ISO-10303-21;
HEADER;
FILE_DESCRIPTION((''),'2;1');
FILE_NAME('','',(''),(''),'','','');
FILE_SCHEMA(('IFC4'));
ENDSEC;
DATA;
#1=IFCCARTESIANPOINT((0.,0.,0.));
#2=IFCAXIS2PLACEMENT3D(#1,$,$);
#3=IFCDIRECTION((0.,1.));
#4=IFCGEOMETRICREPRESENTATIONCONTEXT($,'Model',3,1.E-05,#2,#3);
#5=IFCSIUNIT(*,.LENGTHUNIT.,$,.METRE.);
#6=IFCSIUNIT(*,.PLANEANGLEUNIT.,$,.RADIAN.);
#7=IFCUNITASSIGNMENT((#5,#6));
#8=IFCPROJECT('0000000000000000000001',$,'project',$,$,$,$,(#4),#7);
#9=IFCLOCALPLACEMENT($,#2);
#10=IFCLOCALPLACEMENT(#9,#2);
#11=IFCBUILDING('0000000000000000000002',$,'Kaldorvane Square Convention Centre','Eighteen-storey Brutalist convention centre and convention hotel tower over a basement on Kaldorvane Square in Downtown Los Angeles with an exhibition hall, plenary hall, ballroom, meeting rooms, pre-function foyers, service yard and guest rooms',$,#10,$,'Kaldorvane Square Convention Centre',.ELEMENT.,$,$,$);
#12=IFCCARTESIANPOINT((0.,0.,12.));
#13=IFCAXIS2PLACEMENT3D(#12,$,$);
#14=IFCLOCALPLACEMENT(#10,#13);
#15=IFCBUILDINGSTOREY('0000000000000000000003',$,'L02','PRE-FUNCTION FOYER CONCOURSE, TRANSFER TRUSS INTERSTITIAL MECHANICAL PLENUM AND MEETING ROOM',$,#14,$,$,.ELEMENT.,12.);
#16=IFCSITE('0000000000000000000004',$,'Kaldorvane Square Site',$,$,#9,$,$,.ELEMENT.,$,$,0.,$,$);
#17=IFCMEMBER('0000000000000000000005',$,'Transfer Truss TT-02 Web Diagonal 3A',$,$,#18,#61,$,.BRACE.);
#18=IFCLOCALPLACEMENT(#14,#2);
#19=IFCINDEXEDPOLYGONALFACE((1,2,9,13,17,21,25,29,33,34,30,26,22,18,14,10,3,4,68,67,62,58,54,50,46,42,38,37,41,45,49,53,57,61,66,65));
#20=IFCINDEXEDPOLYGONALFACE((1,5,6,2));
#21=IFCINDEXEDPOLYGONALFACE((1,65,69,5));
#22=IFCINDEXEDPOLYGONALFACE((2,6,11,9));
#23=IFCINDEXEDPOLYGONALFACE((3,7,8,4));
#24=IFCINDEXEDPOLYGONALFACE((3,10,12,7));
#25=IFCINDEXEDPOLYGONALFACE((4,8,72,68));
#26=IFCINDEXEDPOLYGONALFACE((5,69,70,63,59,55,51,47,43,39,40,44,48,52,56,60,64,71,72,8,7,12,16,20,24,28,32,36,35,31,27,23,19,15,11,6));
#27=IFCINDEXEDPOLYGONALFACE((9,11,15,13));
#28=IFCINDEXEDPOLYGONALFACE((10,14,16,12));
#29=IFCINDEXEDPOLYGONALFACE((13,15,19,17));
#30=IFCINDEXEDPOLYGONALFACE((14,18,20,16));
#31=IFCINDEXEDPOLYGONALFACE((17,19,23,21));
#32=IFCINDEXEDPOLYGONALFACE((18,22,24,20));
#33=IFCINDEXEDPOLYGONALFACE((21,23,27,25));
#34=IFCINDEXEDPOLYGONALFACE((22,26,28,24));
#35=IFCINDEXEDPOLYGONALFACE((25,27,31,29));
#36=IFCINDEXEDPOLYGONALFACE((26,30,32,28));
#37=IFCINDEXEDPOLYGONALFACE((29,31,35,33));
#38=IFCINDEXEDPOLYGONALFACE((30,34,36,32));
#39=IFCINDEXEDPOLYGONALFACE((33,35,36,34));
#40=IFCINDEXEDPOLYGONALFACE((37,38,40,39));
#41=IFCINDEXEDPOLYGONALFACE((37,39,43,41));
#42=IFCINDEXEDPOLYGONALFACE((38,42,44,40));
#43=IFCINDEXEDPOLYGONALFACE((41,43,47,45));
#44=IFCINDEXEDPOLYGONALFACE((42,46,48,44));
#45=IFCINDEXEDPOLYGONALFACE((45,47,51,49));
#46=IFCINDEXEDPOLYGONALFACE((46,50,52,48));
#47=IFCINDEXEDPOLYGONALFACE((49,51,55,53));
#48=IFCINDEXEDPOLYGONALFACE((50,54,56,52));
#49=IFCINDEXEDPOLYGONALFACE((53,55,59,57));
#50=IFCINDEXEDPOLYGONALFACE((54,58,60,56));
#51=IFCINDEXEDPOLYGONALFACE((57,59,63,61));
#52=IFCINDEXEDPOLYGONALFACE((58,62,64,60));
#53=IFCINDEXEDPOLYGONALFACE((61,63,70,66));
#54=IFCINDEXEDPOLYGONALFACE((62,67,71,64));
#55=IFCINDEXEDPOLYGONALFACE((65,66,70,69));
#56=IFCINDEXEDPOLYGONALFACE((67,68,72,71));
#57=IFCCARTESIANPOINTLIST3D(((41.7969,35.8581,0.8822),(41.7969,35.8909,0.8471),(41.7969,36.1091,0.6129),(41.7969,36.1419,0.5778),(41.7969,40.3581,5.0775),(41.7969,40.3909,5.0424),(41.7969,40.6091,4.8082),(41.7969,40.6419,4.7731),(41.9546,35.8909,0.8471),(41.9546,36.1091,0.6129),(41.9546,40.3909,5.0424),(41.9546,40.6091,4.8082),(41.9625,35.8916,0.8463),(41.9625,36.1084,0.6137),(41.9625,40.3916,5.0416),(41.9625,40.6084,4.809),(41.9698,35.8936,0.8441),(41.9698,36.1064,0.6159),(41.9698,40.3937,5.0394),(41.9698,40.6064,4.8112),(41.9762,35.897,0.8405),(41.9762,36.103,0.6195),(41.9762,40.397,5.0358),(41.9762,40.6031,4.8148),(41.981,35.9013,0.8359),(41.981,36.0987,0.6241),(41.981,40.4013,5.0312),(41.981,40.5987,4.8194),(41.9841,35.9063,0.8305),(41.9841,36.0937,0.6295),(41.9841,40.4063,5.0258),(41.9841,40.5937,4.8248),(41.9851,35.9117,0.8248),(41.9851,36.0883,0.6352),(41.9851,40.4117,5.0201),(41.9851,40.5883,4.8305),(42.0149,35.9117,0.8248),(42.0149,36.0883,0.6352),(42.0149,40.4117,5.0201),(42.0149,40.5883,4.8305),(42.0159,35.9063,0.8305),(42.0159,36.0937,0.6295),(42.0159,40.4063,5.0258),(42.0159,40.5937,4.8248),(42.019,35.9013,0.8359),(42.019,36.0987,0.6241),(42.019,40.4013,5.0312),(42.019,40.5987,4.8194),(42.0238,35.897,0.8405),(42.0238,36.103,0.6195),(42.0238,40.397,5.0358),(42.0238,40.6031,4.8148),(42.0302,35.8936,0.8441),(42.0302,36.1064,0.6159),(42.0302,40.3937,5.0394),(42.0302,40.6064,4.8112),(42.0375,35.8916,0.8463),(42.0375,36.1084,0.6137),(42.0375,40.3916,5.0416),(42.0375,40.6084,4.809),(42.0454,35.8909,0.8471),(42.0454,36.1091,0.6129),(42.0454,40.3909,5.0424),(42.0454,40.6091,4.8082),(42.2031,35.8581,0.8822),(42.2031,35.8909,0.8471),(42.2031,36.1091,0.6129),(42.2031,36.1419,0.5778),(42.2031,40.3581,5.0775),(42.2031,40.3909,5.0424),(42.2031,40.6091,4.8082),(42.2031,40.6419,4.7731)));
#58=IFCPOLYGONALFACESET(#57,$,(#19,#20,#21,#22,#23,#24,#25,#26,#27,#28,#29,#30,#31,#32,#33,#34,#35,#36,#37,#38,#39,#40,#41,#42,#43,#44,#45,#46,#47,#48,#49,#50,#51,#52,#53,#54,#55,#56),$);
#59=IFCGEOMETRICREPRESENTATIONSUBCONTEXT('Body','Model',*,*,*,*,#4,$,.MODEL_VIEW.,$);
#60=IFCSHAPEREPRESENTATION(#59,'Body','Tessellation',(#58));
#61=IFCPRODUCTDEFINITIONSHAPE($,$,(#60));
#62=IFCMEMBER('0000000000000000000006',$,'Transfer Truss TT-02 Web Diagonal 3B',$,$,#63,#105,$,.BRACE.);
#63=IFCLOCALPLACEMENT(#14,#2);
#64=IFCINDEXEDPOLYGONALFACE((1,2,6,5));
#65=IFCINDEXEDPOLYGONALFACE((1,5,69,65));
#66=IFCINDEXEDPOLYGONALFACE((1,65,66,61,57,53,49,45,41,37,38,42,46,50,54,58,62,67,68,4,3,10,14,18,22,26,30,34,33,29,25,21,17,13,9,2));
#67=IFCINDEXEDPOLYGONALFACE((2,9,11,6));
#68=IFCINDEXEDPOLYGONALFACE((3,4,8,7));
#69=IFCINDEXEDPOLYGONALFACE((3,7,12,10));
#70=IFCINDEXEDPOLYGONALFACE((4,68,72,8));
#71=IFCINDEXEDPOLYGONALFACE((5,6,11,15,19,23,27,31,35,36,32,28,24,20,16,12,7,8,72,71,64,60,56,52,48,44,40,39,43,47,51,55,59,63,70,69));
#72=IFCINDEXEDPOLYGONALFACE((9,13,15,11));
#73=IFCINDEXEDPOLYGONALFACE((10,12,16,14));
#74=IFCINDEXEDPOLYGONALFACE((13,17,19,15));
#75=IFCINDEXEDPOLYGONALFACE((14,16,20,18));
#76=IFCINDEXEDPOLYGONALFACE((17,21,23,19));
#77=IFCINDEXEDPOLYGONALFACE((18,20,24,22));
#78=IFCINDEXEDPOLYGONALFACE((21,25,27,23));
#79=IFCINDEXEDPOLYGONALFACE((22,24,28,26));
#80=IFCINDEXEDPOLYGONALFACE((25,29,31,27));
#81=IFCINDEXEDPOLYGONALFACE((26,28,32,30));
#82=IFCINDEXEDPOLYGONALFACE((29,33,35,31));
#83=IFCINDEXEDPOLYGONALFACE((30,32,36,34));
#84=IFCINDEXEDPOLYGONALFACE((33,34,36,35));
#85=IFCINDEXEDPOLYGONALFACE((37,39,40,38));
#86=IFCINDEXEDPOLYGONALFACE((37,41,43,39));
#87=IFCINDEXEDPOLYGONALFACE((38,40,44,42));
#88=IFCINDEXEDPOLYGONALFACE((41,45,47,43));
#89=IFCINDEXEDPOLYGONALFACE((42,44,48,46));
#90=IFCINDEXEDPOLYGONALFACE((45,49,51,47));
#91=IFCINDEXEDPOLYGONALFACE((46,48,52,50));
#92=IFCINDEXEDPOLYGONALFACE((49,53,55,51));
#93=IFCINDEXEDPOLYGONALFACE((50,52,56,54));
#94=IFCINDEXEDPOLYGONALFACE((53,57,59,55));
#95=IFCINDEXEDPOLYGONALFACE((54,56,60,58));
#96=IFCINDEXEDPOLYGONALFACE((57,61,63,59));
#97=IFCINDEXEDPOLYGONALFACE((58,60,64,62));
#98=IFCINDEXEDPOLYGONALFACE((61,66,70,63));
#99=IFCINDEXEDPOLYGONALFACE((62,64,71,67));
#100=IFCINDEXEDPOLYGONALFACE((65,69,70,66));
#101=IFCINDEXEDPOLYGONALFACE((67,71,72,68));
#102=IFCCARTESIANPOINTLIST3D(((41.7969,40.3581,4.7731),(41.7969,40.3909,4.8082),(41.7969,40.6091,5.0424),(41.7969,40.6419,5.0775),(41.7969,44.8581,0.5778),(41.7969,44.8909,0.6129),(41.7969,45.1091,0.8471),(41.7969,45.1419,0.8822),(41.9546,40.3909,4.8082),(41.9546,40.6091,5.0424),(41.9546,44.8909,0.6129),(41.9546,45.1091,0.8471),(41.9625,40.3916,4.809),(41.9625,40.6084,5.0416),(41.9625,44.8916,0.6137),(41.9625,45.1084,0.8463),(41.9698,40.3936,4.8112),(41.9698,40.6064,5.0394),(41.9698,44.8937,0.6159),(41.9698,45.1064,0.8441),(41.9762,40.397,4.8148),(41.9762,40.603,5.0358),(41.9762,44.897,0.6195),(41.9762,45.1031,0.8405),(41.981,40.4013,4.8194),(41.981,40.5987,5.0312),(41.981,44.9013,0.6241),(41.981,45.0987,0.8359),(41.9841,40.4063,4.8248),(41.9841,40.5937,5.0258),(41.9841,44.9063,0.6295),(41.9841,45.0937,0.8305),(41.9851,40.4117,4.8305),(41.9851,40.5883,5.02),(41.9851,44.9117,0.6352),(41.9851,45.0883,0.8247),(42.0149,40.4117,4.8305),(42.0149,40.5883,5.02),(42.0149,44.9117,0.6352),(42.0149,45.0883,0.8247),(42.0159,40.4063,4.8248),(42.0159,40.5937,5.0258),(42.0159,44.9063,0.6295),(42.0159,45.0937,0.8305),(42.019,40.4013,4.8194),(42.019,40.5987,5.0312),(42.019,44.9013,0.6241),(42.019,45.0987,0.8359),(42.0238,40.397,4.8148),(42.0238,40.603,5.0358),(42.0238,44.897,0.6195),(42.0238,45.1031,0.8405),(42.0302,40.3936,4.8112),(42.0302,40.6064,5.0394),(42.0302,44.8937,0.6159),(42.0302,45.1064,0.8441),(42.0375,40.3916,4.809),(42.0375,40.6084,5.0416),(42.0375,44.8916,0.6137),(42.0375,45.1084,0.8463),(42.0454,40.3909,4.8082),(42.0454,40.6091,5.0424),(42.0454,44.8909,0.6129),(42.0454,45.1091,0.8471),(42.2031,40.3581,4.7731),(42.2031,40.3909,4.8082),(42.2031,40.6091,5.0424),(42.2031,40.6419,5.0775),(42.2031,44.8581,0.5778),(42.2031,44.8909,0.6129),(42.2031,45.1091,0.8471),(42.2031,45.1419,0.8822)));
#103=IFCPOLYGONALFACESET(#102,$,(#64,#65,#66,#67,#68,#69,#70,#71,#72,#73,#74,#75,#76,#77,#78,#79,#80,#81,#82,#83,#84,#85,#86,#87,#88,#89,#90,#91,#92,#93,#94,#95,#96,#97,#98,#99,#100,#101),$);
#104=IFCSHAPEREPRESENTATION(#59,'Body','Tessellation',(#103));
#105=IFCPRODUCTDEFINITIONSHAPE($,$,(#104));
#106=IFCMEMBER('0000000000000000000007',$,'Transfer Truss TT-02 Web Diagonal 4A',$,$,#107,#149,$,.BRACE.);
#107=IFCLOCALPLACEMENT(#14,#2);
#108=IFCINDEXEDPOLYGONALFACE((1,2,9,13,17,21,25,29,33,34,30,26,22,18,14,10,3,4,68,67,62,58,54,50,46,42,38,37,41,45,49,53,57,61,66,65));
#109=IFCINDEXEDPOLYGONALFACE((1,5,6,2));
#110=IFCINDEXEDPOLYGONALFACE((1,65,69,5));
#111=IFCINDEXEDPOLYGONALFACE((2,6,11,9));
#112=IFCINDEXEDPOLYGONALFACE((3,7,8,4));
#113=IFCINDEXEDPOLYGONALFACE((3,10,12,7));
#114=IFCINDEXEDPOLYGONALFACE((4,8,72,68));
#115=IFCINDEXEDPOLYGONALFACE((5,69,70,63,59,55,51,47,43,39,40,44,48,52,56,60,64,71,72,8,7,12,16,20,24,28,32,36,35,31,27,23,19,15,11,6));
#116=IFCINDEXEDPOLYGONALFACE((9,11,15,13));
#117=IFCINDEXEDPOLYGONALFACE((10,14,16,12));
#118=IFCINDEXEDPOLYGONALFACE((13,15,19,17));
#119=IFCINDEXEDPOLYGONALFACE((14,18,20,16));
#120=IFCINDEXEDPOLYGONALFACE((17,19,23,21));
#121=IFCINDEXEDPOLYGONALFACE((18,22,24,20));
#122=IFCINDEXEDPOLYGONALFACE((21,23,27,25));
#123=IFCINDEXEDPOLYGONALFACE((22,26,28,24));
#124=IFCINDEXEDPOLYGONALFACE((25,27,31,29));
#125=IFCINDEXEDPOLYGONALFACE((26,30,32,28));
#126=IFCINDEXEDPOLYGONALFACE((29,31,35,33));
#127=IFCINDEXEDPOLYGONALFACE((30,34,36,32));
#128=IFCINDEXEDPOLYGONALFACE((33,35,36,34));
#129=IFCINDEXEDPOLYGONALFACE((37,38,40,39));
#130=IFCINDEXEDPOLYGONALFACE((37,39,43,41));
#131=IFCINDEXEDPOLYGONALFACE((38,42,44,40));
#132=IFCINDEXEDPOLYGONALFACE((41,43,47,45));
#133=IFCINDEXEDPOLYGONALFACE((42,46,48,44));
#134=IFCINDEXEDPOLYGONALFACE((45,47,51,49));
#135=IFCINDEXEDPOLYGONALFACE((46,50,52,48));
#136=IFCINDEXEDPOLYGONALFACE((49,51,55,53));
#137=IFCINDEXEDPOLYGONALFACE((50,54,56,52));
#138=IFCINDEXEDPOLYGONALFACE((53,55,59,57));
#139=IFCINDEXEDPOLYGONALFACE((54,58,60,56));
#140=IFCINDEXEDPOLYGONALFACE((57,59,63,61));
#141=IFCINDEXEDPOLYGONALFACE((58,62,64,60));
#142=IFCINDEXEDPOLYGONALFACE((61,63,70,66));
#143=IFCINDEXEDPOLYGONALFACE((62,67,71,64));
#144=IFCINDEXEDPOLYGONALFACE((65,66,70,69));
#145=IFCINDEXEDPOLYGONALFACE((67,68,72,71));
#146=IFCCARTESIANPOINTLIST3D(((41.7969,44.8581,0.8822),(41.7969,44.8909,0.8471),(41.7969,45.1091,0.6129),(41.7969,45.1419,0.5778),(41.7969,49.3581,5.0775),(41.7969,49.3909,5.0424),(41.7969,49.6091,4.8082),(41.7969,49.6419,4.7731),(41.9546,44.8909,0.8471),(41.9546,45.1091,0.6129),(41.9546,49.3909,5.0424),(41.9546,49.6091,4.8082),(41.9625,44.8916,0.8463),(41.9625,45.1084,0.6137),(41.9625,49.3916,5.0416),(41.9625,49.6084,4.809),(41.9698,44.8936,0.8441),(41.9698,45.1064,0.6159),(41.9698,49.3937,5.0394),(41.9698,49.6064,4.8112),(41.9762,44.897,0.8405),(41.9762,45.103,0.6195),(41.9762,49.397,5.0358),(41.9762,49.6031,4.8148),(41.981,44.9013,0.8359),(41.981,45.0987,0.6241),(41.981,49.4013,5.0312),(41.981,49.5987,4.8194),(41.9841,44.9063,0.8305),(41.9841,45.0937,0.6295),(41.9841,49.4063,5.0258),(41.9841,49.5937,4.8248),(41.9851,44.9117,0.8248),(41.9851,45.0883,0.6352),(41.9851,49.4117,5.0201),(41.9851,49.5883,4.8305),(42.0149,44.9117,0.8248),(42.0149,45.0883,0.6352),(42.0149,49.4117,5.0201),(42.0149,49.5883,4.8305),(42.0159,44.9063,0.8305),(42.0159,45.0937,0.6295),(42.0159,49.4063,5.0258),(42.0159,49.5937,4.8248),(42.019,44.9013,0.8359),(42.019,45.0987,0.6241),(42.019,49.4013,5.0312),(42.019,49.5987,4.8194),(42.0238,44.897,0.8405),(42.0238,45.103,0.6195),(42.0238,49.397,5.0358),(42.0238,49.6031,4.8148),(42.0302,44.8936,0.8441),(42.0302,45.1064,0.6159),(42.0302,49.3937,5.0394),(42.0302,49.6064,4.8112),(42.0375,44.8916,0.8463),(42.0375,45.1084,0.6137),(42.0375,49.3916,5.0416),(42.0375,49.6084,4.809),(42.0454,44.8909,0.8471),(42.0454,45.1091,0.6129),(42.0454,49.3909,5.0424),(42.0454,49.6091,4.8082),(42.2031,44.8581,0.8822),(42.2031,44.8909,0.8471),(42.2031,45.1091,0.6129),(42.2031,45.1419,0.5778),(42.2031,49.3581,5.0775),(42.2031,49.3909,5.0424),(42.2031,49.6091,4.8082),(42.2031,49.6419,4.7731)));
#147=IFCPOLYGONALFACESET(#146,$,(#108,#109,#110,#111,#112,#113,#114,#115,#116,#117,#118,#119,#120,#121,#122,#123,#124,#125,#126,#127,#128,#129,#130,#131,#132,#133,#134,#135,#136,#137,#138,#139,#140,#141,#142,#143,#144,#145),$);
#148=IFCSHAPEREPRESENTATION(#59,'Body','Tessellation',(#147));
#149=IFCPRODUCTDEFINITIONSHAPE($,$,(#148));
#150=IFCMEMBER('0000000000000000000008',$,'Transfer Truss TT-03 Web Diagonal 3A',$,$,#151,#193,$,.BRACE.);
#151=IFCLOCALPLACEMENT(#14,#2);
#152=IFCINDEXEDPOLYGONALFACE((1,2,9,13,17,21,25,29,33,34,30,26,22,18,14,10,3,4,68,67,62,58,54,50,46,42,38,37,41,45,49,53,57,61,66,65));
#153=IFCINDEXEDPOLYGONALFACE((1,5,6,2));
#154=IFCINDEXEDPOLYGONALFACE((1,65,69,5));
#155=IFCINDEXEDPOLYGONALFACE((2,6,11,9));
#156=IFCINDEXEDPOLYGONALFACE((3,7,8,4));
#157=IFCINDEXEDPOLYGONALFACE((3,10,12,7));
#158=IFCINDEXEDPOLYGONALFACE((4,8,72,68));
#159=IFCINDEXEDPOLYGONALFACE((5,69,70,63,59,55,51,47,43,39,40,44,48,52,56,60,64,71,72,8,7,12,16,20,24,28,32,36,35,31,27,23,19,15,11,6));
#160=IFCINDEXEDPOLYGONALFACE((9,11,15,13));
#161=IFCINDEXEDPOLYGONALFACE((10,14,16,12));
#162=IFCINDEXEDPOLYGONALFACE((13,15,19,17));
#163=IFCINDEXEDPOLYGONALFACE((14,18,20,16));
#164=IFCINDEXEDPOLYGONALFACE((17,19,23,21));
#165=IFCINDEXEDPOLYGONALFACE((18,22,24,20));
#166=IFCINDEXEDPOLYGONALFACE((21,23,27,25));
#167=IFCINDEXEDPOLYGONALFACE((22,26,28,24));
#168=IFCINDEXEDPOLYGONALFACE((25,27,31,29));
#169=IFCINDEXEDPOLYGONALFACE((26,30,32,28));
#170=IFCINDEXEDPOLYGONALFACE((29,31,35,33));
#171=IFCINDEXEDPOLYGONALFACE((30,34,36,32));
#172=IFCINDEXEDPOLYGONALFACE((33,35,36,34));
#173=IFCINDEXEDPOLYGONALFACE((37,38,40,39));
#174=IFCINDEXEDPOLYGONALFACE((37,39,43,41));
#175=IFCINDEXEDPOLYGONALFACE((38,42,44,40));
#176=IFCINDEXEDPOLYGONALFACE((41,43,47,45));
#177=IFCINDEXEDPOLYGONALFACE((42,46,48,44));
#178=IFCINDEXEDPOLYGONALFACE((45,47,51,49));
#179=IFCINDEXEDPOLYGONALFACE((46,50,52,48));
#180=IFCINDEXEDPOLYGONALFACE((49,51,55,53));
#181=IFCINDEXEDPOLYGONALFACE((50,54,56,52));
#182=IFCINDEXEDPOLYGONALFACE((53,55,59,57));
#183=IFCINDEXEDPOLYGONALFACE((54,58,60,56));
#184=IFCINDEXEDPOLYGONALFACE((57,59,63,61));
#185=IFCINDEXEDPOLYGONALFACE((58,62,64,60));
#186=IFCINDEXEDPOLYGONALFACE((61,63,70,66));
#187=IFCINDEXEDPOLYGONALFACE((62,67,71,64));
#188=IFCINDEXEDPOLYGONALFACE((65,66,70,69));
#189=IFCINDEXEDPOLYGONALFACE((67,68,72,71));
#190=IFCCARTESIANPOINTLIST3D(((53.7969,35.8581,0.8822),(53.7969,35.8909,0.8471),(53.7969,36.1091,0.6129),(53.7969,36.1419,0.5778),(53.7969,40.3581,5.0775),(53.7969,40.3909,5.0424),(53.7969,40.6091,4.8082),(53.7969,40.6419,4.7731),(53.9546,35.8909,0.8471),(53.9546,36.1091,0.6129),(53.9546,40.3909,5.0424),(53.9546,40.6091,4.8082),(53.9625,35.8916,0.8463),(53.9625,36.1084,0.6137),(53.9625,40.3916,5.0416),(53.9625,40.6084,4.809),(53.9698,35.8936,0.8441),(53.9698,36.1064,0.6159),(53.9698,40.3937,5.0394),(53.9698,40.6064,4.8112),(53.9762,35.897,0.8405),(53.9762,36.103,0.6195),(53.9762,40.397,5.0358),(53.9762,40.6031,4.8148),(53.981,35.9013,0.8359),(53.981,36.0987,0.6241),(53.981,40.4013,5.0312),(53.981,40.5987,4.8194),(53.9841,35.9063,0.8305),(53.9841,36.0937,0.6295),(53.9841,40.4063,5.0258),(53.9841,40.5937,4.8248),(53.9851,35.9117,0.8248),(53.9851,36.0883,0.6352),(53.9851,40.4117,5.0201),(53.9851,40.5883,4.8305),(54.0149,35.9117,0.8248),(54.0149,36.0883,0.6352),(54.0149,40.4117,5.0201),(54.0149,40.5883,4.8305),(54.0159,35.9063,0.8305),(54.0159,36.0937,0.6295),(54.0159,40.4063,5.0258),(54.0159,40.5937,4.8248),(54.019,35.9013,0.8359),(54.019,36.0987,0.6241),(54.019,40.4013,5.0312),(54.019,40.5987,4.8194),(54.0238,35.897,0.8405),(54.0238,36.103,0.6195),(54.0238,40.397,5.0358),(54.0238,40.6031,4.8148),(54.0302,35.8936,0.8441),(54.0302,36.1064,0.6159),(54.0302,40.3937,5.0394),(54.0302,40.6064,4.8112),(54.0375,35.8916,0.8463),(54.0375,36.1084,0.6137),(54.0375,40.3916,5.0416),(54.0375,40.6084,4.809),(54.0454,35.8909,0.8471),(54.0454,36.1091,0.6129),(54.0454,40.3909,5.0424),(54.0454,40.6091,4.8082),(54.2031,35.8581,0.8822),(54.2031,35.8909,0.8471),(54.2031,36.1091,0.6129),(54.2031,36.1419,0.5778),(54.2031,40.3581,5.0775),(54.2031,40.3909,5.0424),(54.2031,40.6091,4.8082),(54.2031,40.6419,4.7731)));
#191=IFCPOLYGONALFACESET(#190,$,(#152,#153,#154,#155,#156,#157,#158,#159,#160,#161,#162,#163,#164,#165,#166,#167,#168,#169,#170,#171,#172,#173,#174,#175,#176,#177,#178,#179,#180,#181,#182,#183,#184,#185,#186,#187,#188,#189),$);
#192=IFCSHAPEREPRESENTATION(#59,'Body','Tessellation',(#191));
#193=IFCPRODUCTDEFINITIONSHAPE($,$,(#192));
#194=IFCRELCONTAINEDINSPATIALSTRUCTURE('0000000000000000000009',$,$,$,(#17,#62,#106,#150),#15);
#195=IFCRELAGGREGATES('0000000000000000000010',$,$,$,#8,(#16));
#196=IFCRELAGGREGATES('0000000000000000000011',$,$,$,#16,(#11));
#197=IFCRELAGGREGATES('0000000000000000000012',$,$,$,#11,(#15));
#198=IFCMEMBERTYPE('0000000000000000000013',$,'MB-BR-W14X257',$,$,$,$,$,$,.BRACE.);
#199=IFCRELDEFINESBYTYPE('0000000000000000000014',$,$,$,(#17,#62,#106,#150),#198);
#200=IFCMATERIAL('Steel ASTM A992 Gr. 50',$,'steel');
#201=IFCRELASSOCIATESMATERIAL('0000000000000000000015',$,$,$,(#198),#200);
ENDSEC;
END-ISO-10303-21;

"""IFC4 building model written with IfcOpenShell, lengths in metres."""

from ifc_helpers import new_model, si_unit, direction, frame, origin, origin_2d, place, context, subcontext, project, spatial, i_section, extrude, material, material_profile, profile_set, type_object, element, save


model = new_model("IFC4")

# Units and contexts
model_context = context("Model", 3, precision=1e-05, world=origin(), true_north=direction((0.0, 1.0)))
body_context = subcontext(model_context, "Body", "Model", "MODEL_VIEW")
ifc_project = project(units=[si_unit("LENGTHUNIT", "METRE"), si_unit("PLANEANGLEUNIT", "RADIAN")], contexts=[model_context])

# Site, building, storey
site_placement = place(None, origin())
site = spatial("IfcSite", under=ifc_project, at=site_placement, Name="Kaldorvane Square Site", CompositionType="ELEMENT", RefElevation=0.0)
building_placement = place(site_placement, origin())
building = spatial("IfcBuilding", under=site, at=building_placement, Name="Kaldorvane Square Convention Centre", Description="Eighteen-storey Brutalist convention centre and convention hotel tower over a basement on Kaldorvane Square in Downtown Los Angeles with an exhibition hall, plenary hall, ballroom, meeting rooms, pre-function foyers, service yard and guest rooms", LongName="Kaldorvane Square Convention Centre", CompositionType="ELEMENT")
storey_placement = place(building_placement, frame((0.0, 0.0, 12.0)))
storey = spatial("IfcBuildingStorey", under=building, at=storey_placement, Name="L02", Description="PRE-FUNCTION FOYER CONCOURSE, TRANSFER TRUSS INTERSTITIAL MECHANICAL PLENUM AND MEETING ROOM", CompositionType="ELEMENT", Elevation=12.0)

# Shared definitions
ifc_material_1 = material(Name="Steel ASTM A992 Gr. 50", Category="steel")

# Members
ifc_material_profile_1 = material_profile(ifc_material_1, i_section(OverallWidth=0.4063, OverallDepth=0.4161, WebThickness=0.0298, FlangeThickness=0.048, FilletRadius=0.0305, at=origin_2d()), Name="W14X257")
ifc_profile_set_1 = profile_set([ifc_material_profile_1], Name="Steel ASTM A992 Gr. 50")
member_type_1 = type_object("IfcMemberType", Name="MB-BR-W14X257", PredefinedType="BRACE", material=ifc_profile_set_1)
for number, where, z_axis, x_axis, name in (
    (1, (42.0, 36.0, 0.73), (0.0, 0.731436, 0.68191), (-1.0, 0.0, 0.0), "Transfer Truss TT-02 Web Diagonal 3A"),
    (2, (42.0, 40.5, 4.9253), (0.0, 0.731436, -0.68191), (-1.0, 0.0, 0.0), "Transfer Truss TT-02 Web Diagonal 3B"),
    (3, (42.0, 45.0, 0.73), (0.0, 0.731436, 0.68191), (-1.0, 0.0, 0.0), "Transfer Truss TT-02 Web Diagonal 4A"),
    (4, (54.0, 36.0, 0.73), (0.0, 0.731436, 0.68191), (-1.0, 0.0, 0.0), "Transfer Truss TT-03 Web Diagonal 3A"),
):
    element("IfcMember", number, at=place(storey_placement, frame(where, z_axis=z_axis, x_axis=x_axis)), inside=storey, type_object=member_type_1, Name=name, PredefinedType="BRACE", context=body_context, shape_type="SweptSolid", body=[
        extrude(i_section(OverallWidth=0.4063, OverallDepth=0.4161, WebThickness=0.0298, FlangeThickness=0.048, FilletRadius=0.0305, at=origin_2d()), origin(), (0.0, 0.0, 1.0), 6.1523),
    ])

save(model, "model.ifc")
